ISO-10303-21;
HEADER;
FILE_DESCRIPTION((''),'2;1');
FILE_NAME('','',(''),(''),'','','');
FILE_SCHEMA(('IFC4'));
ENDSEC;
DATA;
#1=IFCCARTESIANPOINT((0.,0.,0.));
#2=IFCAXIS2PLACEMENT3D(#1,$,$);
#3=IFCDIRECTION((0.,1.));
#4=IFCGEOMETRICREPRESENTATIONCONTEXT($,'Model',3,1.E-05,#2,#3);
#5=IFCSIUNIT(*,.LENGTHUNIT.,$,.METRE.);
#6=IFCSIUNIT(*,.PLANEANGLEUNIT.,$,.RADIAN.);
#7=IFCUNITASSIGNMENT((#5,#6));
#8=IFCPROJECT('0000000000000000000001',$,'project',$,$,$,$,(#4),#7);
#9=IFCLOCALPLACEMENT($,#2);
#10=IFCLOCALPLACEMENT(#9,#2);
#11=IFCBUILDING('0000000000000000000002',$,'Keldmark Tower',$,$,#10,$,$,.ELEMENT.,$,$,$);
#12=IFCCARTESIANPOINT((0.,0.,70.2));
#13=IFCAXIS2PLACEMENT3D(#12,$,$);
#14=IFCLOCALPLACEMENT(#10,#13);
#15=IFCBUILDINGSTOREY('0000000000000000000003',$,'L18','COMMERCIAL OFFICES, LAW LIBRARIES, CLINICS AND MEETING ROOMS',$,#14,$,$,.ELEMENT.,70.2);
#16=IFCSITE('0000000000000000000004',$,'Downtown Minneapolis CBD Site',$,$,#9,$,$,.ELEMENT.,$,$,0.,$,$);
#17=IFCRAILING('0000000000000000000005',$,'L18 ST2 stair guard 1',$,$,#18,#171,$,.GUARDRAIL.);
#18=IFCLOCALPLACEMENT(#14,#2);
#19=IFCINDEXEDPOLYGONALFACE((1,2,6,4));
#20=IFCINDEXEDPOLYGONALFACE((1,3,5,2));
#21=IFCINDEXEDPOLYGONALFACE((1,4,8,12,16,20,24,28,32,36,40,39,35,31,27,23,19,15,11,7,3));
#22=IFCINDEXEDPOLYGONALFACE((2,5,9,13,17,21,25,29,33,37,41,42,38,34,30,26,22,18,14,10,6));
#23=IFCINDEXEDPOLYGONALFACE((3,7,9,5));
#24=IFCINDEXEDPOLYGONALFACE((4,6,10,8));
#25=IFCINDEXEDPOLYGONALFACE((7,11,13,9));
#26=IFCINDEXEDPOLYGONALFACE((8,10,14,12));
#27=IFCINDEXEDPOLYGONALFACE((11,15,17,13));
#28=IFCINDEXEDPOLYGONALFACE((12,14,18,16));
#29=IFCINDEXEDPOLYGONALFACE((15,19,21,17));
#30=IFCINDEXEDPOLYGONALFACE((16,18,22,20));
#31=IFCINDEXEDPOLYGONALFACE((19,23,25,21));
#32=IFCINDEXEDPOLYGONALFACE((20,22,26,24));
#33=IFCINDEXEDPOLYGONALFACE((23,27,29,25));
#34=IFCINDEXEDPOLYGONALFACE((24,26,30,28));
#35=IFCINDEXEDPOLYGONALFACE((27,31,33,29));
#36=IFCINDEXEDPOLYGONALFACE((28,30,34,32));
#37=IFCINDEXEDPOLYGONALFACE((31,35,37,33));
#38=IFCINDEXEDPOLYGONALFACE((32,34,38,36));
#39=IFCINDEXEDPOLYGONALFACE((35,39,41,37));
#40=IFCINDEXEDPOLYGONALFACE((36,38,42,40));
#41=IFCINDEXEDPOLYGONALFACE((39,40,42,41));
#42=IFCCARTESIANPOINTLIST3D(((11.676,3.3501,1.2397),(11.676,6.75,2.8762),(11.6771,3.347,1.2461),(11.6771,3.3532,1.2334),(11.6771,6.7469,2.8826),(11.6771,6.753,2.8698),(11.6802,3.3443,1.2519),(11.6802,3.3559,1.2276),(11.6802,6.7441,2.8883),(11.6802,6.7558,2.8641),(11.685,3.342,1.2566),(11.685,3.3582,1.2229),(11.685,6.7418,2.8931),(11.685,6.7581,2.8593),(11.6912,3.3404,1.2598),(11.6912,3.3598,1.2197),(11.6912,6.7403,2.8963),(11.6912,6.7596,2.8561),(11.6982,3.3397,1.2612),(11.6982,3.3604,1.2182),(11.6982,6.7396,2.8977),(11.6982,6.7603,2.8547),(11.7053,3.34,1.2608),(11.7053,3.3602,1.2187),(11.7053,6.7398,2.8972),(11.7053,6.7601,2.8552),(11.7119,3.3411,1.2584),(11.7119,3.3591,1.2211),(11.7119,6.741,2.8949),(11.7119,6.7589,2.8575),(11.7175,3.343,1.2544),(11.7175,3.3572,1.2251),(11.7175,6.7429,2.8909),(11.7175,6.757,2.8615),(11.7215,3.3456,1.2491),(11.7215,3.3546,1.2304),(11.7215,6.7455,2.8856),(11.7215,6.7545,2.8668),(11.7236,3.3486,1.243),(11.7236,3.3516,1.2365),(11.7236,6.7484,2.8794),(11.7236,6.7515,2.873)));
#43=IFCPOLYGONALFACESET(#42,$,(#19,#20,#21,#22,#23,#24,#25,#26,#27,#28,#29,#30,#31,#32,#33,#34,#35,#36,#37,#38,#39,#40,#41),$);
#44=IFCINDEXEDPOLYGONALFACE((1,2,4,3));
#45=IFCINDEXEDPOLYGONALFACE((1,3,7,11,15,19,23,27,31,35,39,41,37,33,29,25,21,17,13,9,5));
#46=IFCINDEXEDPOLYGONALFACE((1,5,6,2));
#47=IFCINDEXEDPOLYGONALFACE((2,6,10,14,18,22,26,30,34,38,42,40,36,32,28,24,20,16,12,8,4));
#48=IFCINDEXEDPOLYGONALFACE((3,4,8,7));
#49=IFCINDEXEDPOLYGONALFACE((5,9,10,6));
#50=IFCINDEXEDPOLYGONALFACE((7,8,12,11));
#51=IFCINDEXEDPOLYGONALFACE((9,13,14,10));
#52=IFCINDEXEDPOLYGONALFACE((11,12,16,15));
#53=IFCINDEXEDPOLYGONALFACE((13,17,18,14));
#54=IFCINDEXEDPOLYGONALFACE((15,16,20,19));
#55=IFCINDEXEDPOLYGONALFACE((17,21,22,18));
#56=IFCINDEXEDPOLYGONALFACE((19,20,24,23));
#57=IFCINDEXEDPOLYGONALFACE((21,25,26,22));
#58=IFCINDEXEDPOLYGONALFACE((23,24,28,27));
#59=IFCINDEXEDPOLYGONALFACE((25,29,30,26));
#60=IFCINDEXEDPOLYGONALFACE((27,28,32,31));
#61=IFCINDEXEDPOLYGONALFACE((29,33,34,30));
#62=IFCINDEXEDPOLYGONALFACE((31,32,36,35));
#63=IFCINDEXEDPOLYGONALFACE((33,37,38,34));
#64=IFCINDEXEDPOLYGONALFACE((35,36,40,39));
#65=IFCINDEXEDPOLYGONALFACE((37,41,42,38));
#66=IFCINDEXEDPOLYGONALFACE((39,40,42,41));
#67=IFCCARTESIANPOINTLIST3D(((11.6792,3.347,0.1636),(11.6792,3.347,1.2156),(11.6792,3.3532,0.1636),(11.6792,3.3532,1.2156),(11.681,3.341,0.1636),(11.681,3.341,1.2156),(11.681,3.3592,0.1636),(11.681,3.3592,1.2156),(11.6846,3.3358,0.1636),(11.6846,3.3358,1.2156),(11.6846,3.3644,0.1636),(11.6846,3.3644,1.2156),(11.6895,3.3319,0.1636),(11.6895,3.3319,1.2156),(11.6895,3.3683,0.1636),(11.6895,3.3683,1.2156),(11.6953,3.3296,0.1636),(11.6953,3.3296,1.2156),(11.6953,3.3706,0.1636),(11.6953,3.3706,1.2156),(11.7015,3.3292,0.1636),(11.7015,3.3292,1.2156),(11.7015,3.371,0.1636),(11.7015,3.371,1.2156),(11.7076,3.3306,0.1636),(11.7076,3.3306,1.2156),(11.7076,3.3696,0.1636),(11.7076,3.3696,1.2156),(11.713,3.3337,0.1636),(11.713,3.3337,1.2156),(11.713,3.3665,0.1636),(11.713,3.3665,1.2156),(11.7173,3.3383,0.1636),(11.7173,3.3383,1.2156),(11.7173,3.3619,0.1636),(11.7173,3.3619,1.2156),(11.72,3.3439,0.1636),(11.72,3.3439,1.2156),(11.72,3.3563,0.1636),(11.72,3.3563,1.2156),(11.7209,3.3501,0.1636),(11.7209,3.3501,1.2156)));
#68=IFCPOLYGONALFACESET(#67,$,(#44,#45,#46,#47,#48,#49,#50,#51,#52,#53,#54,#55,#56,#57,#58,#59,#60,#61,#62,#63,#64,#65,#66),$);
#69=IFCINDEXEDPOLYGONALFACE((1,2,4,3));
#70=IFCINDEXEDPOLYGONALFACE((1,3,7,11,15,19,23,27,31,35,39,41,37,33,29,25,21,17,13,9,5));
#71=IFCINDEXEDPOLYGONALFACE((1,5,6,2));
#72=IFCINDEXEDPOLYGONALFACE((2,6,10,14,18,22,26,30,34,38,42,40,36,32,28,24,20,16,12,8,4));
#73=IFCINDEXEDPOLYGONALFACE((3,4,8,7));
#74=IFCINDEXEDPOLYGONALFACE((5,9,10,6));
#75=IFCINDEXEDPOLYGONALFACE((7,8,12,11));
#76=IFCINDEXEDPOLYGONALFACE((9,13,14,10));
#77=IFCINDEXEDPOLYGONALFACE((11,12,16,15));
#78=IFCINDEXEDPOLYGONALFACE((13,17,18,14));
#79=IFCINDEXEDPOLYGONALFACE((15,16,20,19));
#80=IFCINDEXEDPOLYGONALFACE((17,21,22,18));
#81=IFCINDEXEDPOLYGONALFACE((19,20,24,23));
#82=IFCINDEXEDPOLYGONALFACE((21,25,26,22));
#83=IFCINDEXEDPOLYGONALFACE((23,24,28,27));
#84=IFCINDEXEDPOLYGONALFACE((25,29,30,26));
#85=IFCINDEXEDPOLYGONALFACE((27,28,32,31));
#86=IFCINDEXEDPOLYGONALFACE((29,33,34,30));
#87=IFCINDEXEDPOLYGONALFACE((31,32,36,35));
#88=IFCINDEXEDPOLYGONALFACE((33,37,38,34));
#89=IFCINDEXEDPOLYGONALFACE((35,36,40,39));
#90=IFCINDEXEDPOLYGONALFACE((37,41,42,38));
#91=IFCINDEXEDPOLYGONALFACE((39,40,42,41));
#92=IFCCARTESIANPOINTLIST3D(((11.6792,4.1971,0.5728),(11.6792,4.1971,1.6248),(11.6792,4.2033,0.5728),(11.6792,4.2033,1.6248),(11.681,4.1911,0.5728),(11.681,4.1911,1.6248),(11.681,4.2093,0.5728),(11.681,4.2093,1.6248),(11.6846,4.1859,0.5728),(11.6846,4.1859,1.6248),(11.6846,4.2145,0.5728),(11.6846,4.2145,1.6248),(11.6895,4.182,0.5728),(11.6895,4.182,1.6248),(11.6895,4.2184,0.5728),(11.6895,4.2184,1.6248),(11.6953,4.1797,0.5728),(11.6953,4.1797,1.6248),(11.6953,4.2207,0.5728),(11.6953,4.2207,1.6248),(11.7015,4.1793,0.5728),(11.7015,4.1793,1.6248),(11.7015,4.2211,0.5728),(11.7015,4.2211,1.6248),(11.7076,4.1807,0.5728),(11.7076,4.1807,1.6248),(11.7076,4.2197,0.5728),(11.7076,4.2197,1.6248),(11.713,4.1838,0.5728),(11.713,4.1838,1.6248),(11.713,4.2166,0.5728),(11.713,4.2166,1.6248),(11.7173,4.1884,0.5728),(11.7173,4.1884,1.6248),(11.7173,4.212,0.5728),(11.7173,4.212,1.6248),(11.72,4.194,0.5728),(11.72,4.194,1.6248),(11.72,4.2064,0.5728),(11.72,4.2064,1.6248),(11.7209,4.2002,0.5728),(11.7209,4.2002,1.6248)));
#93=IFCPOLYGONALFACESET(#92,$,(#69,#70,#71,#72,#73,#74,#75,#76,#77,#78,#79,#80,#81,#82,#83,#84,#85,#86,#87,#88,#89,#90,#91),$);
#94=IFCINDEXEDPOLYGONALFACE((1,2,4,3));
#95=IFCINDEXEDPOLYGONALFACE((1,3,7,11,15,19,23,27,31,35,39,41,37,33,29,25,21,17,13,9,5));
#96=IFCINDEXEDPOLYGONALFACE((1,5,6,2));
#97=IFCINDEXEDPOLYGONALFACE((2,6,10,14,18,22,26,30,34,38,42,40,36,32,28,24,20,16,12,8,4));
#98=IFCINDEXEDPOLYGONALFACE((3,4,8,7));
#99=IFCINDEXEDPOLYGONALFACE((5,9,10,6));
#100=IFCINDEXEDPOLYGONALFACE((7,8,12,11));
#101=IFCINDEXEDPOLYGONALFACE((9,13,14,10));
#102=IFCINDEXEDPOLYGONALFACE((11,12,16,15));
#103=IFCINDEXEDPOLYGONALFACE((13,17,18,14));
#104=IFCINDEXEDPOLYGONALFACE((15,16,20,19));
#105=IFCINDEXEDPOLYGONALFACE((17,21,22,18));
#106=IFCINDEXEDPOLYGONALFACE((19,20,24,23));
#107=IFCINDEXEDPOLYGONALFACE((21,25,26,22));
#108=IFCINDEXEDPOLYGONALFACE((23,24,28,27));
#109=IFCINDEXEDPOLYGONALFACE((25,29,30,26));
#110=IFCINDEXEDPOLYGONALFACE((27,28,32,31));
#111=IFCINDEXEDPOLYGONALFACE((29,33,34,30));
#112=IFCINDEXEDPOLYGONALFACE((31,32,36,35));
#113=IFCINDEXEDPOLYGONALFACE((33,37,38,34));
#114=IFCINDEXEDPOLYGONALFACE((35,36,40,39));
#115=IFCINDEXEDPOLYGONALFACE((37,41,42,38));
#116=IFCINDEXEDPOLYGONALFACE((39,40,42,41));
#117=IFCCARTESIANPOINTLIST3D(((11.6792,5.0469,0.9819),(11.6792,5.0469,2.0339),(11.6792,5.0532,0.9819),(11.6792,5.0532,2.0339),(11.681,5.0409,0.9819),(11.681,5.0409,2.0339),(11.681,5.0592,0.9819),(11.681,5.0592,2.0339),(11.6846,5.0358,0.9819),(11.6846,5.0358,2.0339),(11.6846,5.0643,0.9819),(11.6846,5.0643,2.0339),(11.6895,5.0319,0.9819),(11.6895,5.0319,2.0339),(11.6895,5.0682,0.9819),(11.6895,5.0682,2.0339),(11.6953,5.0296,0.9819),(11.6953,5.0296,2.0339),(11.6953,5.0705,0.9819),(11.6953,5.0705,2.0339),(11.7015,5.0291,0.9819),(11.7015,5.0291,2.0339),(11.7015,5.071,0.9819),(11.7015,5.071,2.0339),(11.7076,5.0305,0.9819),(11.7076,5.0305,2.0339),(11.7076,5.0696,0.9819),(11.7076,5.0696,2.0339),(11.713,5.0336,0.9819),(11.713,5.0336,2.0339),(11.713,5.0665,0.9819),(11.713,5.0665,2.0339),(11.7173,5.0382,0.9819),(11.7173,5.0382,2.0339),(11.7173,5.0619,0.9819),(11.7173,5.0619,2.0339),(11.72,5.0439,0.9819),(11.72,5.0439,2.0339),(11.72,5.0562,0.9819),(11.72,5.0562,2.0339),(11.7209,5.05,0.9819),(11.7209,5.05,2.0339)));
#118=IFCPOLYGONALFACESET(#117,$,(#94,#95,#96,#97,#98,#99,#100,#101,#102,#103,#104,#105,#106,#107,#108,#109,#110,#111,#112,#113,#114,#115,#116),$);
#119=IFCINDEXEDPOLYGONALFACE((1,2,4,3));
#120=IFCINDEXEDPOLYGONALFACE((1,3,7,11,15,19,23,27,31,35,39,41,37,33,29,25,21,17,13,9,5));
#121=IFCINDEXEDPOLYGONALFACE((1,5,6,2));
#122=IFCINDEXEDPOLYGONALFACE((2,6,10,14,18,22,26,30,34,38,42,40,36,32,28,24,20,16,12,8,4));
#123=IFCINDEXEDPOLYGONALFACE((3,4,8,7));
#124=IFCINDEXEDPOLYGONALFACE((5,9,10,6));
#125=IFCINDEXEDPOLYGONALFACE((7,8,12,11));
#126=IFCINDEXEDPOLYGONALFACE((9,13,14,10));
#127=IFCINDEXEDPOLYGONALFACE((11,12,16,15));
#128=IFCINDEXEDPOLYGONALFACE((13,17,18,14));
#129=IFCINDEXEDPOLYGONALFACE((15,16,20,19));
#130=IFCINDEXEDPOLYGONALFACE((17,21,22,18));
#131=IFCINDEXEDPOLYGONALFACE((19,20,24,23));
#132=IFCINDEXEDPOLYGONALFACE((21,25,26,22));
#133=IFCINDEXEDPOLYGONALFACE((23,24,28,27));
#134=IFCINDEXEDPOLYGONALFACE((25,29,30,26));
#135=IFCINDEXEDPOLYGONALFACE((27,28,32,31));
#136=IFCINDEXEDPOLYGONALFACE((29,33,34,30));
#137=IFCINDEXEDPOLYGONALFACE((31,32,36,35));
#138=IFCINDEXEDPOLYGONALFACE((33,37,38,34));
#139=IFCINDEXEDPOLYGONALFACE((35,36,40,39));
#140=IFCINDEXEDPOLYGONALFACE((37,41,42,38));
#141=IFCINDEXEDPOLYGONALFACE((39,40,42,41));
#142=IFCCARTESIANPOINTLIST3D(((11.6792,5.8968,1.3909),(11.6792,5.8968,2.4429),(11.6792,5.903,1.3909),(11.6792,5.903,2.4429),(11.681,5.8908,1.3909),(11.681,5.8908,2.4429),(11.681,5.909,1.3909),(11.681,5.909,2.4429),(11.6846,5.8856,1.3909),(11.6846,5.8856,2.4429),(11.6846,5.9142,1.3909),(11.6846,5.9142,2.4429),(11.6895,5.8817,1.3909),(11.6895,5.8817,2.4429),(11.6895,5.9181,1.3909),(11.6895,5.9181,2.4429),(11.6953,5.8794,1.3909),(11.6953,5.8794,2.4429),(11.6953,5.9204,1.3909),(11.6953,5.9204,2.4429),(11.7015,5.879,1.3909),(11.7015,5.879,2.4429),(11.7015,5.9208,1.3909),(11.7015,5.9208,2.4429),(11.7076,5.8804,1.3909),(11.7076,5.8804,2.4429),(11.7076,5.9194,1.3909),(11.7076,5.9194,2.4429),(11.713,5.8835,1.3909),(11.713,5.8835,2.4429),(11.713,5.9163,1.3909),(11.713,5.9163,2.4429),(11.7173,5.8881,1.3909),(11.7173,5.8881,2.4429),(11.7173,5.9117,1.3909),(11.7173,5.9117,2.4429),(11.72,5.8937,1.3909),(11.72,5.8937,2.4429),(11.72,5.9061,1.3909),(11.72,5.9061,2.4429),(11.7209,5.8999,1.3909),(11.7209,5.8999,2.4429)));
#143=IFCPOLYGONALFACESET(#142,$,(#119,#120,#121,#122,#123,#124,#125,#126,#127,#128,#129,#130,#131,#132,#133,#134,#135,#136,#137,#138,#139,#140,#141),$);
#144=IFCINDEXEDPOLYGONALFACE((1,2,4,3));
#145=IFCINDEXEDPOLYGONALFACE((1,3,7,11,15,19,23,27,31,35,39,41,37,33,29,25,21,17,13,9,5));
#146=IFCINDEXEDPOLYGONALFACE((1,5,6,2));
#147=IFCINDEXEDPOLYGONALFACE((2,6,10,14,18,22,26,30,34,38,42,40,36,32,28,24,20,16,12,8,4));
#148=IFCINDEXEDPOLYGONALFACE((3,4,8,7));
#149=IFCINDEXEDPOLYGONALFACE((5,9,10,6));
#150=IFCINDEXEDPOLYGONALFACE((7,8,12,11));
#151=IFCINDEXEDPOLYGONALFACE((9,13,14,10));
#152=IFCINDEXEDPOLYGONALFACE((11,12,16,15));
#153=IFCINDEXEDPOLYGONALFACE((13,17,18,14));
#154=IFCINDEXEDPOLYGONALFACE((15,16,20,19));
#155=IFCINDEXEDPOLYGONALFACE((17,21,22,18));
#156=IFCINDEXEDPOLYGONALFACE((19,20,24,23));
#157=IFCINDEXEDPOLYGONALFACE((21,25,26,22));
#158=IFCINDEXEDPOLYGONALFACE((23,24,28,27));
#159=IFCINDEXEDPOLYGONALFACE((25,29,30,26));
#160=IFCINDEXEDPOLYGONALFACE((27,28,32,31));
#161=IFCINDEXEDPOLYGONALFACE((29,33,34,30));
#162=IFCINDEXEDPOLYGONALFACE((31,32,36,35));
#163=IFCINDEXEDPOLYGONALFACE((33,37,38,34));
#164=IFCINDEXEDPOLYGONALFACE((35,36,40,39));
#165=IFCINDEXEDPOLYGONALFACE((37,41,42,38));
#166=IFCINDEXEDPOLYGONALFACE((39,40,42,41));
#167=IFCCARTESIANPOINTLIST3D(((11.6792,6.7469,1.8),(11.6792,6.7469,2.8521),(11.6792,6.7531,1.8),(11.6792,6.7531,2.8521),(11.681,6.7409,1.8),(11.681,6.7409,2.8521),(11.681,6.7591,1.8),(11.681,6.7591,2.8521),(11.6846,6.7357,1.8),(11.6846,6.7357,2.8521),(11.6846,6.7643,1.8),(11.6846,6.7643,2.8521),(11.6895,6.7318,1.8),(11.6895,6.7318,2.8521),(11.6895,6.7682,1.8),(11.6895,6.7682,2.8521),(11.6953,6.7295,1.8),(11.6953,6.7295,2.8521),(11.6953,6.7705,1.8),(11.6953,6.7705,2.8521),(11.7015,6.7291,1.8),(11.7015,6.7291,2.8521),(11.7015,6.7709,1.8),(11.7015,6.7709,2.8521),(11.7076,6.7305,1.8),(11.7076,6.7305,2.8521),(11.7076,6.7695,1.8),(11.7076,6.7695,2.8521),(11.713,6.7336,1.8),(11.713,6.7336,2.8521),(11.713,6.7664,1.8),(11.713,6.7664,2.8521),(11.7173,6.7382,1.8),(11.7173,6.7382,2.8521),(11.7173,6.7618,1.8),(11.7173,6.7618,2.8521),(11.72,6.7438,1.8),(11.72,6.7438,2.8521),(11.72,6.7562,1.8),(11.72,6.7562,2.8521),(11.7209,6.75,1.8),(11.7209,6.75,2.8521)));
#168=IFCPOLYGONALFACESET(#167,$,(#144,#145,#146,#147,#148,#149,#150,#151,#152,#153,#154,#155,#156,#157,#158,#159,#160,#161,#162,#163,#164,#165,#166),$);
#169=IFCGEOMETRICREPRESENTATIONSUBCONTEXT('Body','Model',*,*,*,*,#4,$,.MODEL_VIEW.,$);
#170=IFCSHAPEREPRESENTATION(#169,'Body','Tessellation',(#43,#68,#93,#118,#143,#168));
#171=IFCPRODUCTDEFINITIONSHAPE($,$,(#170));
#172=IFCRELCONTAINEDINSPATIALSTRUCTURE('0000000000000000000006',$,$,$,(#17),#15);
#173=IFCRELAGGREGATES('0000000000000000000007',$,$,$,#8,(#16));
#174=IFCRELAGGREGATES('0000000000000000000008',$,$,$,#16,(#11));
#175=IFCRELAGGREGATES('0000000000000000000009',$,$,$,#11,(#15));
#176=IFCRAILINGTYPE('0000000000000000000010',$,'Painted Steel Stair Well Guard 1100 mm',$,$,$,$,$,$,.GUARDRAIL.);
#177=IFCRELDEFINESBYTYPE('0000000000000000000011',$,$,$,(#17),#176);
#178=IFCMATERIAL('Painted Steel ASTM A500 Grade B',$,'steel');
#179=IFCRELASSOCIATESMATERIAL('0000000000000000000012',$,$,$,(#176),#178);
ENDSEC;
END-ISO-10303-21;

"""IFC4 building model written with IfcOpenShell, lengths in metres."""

from ifc_helpers import new_model, si_unit, direction, frame, origin, origin_2d, place, context, subcontext, project, spatial, circle, extrude, material, type_object, element, save


model = new_model("IFC4")

# Units and contexts
model_context = context("Model", 3, precision=1e-05, world=origin(), true_north=direction((0.0, 1.0)))
body_context = subcontext(model_context, "Body", "Model", "MODEL_VIEW")
ifc_project = project(units=[si_unit("LENGTHUNIT", "METRE"), si_unit("PLANEANGLEUNIT", "RADIAN")], contexts=[model_context])

# Site, building, storey
site_placement = place(None, origin())
site = spatial("IfcSite", under=ifc_project, at=site_placement, Name="Downtown Minneapolis CBD Site", CompositionType="ELEMENT", RefElevation=0.0)
building_placement = place(site_placement, origin())
building = spatial("IfcBuilding", under=site, at=building_placement, Name="Keldmark Tower", CompositionType="ELEMENT")
storey_placement = place(building_placement, frame((0.0, 0.0, 70.2)))
storey = spatial("IfcBuildingStorey", under=building, at=storey_placement, Name="L18", Description="COMMERCIAL OFFICES, LAW LIBRARIES, CLINICS AND MEETING ROOMS", CompositionType="ELEMENT", Elevation=70.2)

# Railing
ifc_material_1 = material(Name="Painted Steel ASTM A500 Grade B", Category="steel")
railing_type_1 = type_object("IfcRailingType", Name="Painted Steel Stair Well Guard 1100 mm", PredefinedType="GUARDRAIL", material=ifc_material_1)
railing_1_placement = place(storey_placement, frame((11.7, 3.3501, 0.1636)))
element("IfcRailing", 1, at=railing_1_placement, inside=storey, type_object=railing_type_1, Name="L18 ST2 stair guard 1", PredefinedType="GUARDRAIL", context=body_context, shape_type="SweptSolid", body=[
    extrude(circle(Radius=0.0239, at=origin_2d()), frame((0.0, 0.0, 1.0762), z_axis=(0.0, 0.901055, 0.433705), x_axis=(-1.0, 0.0, 0.0)), (0.0, 0.0, 1.0), 3.7732),
    extrude(circle(Radius=0.021, at=origin_2d()), origin(), (0.0, 0.0, 1.0), 1.052),
    extrude(circle(Radius=0.021, at=origin_2d()), frame((0.0, 0.8501, 0.4092)), (0.0, 0.0, 1.0), 1.052),
    extrude(circle(Radius=0.021, at=origin_2d()), frame((0.0, 1.7, 0.8184)), (0.0, 0.0, 1.0), 1.052),
    extrude(circle(Radius=0.021, at=origin_2d()), frame((0.0, 2.5498, 1.2273)), (0.0, 0.0, 1.0), 1.052),
    extrude(circle(Radius=0.021, at=origin_2d()), frame((0.0, 3.3999, 1.6365)), (0.0, 0.0, 1.0), 1.052),
])

save(model, "model.ifc")
